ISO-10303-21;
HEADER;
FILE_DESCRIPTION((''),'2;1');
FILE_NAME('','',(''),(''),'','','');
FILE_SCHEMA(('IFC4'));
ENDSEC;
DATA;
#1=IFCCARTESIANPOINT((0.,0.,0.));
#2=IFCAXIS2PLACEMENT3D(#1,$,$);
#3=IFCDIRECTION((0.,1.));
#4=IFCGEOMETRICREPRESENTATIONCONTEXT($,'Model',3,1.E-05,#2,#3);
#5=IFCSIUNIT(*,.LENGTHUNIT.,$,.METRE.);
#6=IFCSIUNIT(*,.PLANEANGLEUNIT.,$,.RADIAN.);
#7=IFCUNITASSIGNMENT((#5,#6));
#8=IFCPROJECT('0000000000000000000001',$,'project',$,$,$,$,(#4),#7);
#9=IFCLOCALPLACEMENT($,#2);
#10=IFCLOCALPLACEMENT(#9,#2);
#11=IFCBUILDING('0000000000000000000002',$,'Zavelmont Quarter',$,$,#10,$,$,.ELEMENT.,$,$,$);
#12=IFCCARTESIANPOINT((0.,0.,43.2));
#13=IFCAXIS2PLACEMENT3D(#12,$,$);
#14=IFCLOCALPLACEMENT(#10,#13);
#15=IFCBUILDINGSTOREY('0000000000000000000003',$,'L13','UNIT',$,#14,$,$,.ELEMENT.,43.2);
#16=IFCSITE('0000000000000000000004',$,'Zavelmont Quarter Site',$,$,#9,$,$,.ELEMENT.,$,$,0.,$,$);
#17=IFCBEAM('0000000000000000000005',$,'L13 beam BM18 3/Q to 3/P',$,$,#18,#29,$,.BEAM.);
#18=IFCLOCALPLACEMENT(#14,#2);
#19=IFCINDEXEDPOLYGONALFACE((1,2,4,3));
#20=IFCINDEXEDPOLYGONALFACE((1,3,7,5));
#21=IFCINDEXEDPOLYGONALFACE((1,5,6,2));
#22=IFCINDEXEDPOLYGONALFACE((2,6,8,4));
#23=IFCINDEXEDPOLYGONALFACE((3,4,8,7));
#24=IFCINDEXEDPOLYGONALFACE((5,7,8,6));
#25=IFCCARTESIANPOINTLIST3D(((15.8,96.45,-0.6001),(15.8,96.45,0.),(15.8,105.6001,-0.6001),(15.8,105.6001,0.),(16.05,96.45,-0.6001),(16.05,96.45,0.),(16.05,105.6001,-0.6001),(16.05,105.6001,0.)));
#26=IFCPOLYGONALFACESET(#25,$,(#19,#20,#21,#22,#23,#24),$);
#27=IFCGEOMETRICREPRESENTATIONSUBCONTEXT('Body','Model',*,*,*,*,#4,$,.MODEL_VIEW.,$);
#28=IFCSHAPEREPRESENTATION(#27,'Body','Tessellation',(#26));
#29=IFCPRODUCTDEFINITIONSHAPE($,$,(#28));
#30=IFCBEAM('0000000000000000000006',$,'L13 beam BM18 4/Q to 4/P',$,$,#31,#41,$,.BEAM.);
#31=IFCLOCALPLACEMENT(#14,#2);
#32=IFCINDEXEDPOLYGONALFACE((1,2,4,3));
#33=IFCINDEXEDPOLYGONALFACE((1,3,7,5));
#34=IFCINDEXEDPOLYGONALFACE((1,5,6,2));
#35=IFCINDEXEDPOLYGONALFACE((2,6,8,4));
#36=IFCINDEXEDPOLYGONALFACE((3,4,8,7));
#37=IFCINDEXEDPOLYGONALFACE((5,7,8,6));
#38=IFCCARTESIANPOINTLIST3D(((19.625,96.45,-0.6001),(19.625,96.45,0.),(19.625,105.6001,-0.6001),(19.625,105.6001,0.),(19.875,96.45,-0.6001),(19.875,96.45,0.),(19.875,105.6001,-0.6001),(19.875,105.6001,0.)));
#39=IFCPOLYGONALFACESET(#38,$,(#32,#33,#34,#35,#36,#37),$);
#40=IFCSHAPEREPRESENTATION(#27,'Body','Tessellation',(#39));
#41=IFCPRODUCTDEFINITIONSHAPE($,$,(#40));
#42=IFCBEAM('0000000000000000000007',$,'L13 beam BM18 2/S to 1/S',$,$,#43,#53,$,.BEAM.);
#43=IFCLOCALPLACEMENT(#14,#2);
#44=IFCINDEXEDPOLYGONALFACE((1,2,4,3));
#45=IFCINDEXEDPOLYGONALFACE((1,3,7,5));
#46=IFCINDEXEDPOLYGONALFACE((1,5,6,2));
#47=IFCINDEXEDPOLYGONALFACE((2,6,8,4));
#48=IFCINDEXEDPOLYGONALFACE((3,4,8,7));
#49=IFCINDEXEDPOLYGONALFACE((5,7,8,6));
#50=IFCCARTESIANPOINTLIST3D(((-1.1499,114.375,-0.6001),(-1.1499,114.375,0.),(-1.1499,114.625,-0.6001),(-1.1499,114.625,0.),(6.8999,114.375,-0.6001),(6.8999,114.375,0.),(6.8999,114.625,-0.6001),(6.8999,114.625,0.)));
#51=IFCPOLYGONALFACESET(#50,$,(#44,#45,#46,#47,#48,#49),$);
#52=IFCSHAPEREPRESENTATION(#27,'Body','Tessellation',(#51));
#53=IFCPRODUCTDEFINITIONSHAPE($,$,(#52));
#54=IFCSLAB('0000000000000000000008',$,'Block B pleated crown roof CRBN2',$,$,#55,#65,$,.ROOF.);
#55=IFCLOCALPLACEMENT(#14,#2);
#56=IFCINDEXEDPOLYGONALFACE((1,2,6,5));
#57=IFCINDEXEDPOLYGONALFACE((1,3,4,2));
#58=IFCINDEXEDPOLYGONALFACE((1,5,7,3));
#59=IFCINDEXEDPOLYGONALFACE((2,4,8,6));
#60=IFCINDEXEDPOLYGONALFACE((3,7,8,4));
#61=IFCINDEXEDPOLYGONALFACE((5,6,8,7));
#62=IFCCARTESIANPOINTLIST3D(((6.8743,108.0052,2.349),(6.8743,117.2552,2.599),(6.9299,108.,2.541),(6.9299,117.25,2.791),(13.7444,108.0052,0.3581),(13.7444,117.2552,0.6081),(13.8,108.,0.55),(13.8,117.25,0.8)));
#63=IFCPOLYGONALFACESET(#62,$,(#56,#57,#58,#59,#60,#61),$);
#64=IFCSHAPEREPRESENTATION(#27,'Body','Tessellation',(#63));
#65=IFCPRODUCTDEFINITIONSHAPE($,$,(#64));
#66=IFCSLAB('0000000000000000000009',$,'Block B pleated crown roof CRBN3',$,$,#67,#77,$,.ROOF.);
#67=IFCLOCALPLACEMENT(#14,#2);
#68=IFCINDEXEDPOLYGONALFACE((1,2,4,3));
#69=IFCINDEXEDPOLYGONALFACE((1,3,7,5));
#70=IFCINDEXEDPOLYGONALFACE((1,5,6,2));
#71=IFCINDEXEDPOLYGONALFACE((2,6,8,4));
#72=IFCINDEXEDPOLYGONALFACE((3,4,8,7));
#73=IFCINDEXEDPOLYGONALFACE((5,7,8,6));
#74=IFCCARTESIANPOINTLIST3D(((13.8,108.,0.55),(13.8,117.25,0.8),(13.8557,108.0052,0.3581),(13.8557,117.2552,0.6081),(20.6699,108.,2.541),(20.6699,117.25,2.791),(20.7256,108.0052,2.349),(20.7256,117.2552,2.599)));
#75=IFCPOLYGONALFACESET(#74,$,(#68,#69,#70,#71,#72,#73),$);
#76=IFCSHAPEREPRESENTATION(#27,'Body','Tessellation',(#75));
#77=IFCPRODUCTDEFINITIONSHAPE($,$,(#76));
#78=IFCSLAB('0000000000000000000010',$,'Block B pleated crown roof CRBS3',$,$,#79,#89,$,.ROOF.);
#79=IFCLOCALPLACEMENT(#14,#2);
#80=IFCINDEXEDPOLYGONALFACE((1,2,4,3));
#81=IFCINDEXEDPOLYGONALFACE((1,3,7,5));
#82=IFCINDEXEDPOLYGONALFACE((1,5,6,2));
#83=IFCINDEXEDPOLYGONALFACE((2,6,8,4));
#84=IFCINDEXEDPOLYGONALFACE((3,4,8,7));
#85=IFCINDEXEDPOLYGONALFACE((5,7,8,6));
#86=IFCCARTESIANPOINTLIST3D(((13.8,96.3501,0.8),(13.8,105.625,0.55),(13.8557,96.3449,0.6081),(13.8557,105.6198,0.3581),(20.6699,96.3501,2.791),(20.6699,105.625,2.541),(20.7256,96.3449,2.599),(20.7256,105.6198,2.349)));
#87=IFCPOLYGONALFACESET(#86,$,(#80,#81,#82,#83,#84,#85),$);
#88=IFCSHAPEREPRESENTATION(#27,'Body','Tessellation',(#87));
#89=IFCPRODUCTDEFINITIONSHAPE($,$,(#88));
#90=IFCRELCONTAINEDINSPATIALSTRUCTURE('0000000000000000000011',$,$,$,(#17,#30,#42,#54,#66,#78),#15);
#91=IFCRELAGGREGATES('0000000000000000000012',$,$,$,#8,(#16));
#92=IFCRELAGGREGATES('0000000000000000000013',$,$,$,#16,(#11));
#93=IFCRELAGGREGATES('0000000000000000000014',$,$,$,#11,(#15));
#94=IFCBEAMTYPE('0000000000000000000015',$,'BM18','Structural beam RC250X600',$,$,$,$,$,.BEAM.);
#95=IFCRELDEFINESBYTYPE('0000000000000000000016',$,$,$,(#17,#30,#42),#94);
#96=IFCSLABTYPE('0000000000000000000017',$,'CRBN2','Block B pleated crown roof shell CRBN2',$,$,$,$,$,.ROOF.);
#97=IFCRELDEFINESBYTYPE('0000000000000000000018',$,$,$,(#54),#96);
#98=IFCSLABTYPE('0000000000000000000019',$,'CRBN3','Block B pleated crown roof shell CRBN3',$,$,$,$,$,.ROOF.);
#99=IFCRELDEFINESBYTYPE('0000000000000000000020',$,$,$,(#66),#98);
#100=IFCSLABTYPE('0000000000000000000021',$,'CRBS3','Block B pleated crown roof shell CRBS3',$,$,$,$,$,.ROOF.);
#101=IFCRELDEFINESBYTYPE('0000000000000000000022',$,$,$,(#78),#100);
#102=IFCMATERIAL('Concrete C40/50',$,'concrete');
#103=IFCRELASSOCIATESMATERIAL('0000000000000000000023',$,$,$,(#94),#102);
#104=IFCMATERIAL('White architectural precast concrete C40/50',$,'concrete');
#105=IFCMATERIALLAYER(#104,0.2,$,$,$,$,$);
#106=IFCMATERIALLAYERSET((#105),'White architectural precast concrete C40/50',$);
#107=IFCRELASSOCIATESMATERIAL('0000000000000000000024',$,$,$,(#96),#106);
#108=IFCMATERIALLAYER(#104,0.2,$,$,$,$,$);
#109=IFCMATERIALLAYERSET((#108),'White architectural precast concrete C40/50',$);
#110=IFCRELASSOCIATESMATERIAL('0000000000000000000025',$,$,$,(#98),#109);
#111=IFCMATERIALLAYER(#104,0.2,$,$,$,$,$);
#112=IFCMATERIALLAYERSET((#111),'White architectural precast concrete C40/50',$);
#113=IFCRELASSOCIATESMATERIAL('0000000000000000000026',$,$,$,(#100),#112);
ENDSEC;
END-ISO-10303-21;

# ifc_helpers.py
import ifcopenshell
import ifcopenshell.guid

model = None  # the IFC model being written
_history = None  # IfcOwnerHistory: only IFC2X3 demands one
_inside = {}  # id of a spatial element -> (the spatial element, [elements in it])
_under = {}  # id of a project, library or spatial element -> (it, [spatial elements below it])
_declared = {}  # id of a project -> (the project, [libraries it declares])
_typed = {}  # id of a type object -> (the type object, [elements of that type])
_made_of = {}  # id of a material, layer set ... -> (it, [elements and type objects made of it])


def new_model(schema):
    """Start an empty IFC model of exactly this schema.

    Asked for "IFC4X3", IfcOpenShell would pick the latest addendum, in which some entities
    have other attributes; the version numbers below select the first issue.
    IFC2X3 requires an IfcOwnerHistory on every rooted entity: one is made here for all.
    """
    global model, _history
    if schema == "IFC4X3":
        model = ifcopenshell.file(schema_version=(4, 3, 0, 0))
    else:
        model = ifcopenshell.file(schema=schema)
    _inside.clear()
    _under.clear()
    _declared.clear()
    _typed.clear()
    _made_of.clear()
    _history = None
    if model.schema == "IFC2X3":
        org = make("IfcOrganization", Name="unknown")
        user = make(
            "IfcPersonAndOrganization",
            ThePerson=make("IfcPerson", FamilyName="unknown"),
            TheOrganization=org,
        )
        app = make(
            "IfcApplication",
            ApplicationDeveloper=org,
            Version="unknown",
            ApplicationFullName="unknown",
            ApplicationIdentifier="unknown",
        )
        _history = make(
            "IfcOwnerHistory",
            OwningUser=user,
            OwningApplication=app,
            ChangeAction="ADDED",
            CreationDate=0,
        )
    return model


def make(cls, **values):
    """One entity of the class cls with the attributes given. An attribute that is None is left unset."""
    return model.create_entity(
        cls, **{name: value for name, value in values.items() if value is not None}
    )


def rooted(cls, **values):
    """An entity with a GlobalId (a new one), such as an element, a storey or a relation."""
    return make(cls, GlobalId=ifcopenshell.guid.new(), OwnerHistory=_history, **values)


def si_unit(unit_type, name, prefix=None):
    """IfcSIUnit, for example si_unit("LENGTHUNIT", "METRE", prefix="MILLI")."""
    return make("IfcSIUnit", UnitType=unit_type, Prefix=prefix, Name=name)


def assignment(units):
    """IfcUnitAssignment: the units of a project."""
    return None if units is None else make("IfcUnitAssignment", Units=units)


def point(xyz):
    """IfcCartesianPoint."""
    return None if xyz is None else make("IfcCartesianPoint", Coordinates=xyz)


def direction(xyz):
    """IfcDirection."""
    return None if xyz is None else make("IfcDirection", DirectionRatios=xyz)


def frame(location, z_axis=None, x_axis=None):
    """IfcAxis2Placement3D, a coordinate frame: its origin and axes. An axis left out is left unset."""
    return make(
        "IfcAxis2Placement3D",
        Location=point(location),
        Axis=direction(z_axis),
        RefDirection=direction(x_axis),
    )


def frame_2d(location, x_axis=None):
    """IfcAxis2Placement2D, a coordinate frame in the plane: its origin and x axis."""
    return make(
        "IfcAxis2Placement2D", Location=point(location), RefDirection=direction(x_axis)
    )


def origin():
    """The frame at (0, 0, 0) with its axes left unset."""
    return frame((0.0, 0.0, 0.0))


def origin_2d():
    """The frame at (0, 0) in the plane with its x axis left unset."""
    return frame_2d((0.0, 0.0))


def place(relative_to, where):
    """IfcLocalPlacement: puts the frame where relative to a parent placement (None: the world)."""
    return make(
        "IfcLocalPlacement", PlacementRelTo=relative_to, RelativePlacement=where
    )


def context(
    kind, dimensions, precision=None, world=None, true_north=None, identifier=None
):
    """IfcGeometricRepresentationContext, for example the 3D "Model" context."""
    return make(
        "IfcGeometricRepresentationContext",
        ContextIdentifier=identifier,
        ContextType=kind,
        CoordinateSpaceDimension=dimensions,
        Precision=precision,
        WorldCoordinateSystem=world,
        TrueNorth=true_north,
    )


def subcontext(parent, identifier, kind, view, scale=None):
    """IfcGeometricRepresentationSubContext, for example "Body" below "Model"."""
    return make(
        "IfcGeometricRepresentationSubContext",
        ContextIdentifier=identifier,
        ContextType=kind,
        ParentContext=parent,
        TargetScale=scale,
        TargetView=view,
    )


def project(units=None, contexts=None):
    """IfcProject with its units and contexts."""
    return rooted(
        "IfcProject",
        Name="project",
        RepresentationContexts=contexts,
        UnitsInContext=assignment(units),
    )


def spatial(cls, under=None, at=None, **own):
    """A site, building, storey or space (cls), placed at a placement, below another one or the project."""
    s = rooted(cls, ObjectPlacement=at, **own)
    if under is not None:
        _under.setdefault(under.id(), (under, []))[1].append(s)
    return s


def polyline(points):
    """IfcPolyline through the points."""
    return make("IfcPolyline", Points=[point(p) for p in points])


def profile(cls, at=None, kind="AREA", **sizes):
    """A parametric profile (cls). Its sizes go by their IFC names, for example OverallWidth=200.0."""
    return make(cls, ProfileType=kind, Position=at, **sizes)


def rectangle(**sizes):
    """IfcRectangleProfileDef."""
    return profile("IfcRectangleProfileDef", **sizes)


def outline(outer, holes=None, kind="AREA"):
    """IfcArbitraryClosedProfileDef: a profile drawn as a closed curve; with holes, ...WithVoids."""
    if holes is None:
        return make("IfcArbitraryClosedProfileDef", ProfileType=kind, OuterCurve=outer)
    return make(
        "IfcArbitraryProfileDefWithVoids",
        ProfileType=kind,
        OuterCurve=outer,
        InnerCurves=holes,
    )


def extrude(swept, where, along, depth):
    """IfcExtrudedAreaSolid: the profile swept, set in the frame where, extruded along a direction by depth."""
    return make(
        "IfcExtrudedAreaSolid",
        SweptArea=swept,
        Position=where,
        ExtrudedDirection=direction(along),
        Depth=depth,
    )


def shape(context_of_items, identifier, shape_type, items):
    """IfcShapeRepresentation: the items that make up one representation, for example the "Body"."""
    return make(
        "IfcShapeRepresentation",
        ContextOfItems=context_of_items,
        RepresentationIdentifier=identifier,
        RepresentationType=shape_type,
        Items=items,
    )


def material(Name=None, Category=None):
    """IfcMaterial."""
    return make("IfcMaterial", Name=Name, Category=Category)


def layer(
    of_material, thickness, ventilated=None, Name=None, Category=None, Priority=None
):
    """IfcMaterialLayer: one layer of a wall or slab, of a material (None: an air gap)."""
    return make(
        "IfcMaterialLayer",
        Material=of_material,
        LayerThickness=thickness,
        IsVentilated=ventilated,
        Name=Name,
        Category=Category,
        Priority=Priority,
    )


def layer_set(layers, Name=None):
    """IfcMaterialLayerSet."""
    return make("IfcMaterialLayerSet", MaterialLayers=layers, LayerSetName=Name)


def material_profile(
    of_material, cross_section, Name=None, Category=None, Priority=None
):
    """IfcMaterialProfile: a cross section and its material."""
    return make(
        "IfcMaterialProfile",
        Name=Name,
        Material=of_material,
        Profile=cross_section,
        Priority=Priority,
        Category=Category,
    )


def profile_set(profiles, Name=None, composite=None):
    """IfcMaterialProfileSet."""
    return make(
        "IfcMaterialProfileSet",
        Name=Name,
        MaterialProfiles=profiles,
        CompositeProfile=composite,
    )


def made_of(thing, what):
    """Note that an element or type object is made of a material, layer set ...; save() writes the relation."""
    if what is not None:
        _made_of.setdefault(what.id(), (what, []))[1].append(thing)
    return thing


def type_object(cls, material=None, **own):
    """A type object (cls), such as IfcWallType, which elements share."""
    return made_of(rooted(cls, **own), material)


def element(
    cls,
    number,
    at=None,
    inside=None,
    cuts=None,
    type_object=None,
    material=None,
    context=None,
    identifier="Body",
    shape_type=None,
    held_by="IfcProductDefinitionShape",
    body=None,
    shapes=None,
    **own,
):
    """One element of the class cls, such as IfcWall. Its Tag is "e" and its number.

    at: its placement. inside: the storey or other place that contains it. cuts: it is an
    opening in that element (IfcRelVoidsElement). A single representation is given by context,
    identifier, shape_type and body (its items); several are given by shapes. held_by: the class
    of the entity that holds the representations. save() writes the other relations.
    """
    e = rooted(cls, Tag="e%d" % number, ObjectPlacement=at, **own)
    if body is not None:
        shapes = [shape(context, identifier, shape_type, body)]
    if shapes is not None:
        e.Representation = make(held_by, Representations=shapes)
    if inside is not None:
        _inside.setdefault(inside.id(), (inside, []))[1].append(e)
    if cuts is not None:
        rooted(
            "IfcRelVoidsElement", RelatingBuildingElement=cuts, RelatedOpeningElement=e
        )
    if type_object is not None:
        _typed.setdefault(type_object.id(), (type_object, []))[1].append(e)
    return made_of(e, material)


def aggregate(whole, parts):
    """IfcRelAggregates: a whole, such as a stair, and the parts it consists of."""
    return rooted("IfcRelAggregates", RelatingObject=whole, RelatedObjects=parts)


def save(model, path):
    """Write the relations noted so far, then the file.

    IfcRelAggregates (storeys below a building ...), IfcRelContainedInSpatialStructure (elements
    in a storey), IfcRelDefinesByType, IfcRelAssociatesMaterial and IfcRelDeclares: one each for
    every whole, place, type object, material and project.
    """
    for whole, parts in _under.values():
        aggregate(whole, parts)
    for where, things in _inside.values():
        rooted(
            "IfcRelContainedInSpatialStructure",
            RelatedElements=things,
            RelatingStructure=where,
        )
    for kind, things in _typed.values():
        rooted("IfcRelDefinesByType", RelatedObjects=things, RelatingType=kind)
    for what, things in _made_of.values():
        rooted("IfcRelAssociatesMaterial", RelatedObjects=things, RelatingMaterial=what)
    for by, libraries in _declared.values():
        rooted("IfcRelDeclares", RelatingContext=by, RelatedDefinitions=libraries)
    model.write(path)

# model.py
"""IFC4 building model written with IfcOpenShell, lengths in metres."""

from ifc_helpers import new_model, si_unit, direction, frame, origin, origin_2d, place, context, subcontext, project, spatial, polyline, rectangle, outline, extrude, material, layer, layer_set, material_profile, profile_set, type_object, element, save


model = new_model("IFC4")

# Units and contexts
model_context = context("Model", 3, precision=1e-05, world=origin(), true_north=direction((0.0, 1.0)))
body_context = subcontext(model_context, "Body", "Model", "MODEL_VIEW")
ifc_project = project(units=[si_unit("LENGTHUNIT", "METRE"), si_unit("PLANEANGLEUNIT", "RADIAN")], contexts=[model_context])

# Site, building, storey
site_placement = place(None, origin())
site = spatial("IfcSite", under=ifc_project, at=site_placement, Name="Zavelmont Quarter Site", CompositionType="ELEMENT", RefElevation=0.0)
building_placement = place(site_placement, origin())
building = spatial("IfcBuilding", under=site, at=building_placement, Name="Zavelmont Quarter", CompositionType="ELEMENT")
storey_placement = place(building_placement, frame((0.0, 0.0, 43.2)))
storey = spatial("IfcBuildingStorey", under=building, at=storey_placement, Name="L13", Description="UNIT", CompositionType="ELEMENT", Elevation=43.2)

# Beams
ifc_material_1 = material(Name="Concrete C40/50", Category="concrete")
ifc_material_profile_1 = material_profile(ifc_material_1, rectangle(XDim=0.25, YDim=0.6001, at=origin_2d()), Name="RC250X600")
ifc_profile_set_1 = profile_set([ifc_material_profile_1], Name="Concrete C40/50")
beam_type_1 = type_object("IfcBeamType", Name="BM18", Description="Structural beam RC250X600", PredefinedType="BEAM", material=ifc_profile_set_1)
for number, where, z_axis, x_axis, name in (
    (1, (15.925, 105.6001, -0.3), (0.0, -1.0, 0.0), (1.0, 0.0, 0.0), "L13 beam BM18 3/Q to 3/P"),
    (2, (19.75, 105.6001, -0.3), (0.0, -1.0, 0.0), (1.0, 0.0, 0.0), "L13 beam BM18 4/Q to 4/P"),
):
    element("IfcBeam", number, at=place(storey_placement, frame(where, z_axis=z_axis, x_axis=x_axis)), inside=storey, type_object=beam_type_1, Name=name, PredefinedType="BEAM", context=body_context, shape_type="SweptSolid", body=[
        extrude(rectangle(XDim=0.25, YDim=0.6001, at=origin_2d()), origin(), (0.0, 0.0, 1.0), 9.1501),
    ])
beam_1_placement = place(storey_placement, frame((6.8999, 114.5, -0.3), z_axis=(-1.0, 0.0, 0.0), x_axis=(0.0, -1.0, 0.0)))
element("IfcBeam", 3, at=beam_1_placement, inside=storey, type_object=beam_type_1, Name="L13 beam BM18 2/S to 1/S", PredefinedType="BEAM", context=body_context, shape_type="SweptSolid", body=[
    extrude(rectangle(XDim=0.25, YDim=0.6001, at=origin_2d()), origin(), (0.0, 0.0, 1.0), 8.0498),
])

# Slabs
ifc_material_2 = material(Name="White architectural precast concrete C40/50", Category="concrete")
ifc_layer_1 = layer(ifc_material_2, 0.2)
ifc_layer_set_1 = layer_set([ifc_layer_1], Name="White architectural precast concrete C40/50")
slab_type_1 = type_object("IfcSlabType", Name="CRBN2", Description="Block B pleated crown roof shell CRBN2", PredefinedType="ROOF", material=ifc_layer_set_1)
slab_1_placement = place(storey_placement, frame((6.9299, 108.0, 2.541), z_axis=(0.278254, -0.02595, 0.960157), x_axis=(0.96048, 0.0, -0.278348)))
element("IfcSlab", 4, at=slab_1_placement, inside=storey, type_object=slab_type_1, Name="Block B pleated crown roof CRBN2", PredefinedType="ROOF", context=body_context, shape_type="SweptSolid", body=[
    extrude(outline(polyline([(0.0, 0.0), (7.1528, 0.0), (7.0832, 9.2531), (-0.0696, 9.2531), (0.0, 0.0)])), origin(), (0.0, 0.0, -1.0), 0.2),
])
ifc_layer_2 = layer(ifc_material_2, 0.2)
ifc_layer_set_2 = layer_set([ifc_layer_2], Name="White architectural precast concrete C40/50")
slab_type_2 = type_object("IfcSlabType", Name="CRBN3", Description="Block B pleated crown roof shell CRBN3", PredefinedType="ROOF", material=ifc_layer_set_2)
slab_2_placement = place(storey_placement, frame((13.8, 108.0, 0.55), z_axis=(-0.278264, -0.02595, 0.960154), x_axis=(0.960478, 0.0, 0.278357)))
element("IfcSlab", 5, at=slab_2_placement, inside=storey, type_object=slab_type_2, Name="Block B pleated crown roof CRBN3", PredefinedType="ROOF", context=body_context, shape_type="SweptSolid", body=[
    extrude(outline(polyline([(0.0, 0.0), (7.1526, 0.0), (7.2221, 9.2531), (0.0696, 9.2531), (0.0, 0.0)])), origin(), (0.0, 0.0, -1.0), 0.2),
])
ifc_layer_3 = layer(ifc_material_2, 0.2)
ifc_layer_set_3 = layer_set([ifc_layer_3], Name="White architectural precast concrete C40/50")
slab_type_3 = type_object("IfcSlabType", Name="CRBS3", Description="Block B pleated crown roof shell CRBS3", PredefinedType="ROOF", material=ifc_layer_set_3)
slab_3_placement = place(storey_placement, frame((13.8, 96.3501, 0.8), z_axis=(-0.278264, 0.02588, 0.960156), x_axis=(0.960478, 0.0, 0.278357)))
element("IfcSlab", 6, at=slab_3_placement, inside=storey, type_object=slab_type_3, Name="Block B pleated crown roof CRBS3", PredefinedType="ROOF", context=body_context, shape_type="SweptSolid", body=[
    extrude(outline(polyline([(0.0, 0.0), (7.1526, 0.0), (7.083, 9.278), (-0.0696, 9.278), (0.0, 0.0)])), origin(), (0.0, 0.0, -1.0), 0.2),
])

save(model, "model.ifc")
